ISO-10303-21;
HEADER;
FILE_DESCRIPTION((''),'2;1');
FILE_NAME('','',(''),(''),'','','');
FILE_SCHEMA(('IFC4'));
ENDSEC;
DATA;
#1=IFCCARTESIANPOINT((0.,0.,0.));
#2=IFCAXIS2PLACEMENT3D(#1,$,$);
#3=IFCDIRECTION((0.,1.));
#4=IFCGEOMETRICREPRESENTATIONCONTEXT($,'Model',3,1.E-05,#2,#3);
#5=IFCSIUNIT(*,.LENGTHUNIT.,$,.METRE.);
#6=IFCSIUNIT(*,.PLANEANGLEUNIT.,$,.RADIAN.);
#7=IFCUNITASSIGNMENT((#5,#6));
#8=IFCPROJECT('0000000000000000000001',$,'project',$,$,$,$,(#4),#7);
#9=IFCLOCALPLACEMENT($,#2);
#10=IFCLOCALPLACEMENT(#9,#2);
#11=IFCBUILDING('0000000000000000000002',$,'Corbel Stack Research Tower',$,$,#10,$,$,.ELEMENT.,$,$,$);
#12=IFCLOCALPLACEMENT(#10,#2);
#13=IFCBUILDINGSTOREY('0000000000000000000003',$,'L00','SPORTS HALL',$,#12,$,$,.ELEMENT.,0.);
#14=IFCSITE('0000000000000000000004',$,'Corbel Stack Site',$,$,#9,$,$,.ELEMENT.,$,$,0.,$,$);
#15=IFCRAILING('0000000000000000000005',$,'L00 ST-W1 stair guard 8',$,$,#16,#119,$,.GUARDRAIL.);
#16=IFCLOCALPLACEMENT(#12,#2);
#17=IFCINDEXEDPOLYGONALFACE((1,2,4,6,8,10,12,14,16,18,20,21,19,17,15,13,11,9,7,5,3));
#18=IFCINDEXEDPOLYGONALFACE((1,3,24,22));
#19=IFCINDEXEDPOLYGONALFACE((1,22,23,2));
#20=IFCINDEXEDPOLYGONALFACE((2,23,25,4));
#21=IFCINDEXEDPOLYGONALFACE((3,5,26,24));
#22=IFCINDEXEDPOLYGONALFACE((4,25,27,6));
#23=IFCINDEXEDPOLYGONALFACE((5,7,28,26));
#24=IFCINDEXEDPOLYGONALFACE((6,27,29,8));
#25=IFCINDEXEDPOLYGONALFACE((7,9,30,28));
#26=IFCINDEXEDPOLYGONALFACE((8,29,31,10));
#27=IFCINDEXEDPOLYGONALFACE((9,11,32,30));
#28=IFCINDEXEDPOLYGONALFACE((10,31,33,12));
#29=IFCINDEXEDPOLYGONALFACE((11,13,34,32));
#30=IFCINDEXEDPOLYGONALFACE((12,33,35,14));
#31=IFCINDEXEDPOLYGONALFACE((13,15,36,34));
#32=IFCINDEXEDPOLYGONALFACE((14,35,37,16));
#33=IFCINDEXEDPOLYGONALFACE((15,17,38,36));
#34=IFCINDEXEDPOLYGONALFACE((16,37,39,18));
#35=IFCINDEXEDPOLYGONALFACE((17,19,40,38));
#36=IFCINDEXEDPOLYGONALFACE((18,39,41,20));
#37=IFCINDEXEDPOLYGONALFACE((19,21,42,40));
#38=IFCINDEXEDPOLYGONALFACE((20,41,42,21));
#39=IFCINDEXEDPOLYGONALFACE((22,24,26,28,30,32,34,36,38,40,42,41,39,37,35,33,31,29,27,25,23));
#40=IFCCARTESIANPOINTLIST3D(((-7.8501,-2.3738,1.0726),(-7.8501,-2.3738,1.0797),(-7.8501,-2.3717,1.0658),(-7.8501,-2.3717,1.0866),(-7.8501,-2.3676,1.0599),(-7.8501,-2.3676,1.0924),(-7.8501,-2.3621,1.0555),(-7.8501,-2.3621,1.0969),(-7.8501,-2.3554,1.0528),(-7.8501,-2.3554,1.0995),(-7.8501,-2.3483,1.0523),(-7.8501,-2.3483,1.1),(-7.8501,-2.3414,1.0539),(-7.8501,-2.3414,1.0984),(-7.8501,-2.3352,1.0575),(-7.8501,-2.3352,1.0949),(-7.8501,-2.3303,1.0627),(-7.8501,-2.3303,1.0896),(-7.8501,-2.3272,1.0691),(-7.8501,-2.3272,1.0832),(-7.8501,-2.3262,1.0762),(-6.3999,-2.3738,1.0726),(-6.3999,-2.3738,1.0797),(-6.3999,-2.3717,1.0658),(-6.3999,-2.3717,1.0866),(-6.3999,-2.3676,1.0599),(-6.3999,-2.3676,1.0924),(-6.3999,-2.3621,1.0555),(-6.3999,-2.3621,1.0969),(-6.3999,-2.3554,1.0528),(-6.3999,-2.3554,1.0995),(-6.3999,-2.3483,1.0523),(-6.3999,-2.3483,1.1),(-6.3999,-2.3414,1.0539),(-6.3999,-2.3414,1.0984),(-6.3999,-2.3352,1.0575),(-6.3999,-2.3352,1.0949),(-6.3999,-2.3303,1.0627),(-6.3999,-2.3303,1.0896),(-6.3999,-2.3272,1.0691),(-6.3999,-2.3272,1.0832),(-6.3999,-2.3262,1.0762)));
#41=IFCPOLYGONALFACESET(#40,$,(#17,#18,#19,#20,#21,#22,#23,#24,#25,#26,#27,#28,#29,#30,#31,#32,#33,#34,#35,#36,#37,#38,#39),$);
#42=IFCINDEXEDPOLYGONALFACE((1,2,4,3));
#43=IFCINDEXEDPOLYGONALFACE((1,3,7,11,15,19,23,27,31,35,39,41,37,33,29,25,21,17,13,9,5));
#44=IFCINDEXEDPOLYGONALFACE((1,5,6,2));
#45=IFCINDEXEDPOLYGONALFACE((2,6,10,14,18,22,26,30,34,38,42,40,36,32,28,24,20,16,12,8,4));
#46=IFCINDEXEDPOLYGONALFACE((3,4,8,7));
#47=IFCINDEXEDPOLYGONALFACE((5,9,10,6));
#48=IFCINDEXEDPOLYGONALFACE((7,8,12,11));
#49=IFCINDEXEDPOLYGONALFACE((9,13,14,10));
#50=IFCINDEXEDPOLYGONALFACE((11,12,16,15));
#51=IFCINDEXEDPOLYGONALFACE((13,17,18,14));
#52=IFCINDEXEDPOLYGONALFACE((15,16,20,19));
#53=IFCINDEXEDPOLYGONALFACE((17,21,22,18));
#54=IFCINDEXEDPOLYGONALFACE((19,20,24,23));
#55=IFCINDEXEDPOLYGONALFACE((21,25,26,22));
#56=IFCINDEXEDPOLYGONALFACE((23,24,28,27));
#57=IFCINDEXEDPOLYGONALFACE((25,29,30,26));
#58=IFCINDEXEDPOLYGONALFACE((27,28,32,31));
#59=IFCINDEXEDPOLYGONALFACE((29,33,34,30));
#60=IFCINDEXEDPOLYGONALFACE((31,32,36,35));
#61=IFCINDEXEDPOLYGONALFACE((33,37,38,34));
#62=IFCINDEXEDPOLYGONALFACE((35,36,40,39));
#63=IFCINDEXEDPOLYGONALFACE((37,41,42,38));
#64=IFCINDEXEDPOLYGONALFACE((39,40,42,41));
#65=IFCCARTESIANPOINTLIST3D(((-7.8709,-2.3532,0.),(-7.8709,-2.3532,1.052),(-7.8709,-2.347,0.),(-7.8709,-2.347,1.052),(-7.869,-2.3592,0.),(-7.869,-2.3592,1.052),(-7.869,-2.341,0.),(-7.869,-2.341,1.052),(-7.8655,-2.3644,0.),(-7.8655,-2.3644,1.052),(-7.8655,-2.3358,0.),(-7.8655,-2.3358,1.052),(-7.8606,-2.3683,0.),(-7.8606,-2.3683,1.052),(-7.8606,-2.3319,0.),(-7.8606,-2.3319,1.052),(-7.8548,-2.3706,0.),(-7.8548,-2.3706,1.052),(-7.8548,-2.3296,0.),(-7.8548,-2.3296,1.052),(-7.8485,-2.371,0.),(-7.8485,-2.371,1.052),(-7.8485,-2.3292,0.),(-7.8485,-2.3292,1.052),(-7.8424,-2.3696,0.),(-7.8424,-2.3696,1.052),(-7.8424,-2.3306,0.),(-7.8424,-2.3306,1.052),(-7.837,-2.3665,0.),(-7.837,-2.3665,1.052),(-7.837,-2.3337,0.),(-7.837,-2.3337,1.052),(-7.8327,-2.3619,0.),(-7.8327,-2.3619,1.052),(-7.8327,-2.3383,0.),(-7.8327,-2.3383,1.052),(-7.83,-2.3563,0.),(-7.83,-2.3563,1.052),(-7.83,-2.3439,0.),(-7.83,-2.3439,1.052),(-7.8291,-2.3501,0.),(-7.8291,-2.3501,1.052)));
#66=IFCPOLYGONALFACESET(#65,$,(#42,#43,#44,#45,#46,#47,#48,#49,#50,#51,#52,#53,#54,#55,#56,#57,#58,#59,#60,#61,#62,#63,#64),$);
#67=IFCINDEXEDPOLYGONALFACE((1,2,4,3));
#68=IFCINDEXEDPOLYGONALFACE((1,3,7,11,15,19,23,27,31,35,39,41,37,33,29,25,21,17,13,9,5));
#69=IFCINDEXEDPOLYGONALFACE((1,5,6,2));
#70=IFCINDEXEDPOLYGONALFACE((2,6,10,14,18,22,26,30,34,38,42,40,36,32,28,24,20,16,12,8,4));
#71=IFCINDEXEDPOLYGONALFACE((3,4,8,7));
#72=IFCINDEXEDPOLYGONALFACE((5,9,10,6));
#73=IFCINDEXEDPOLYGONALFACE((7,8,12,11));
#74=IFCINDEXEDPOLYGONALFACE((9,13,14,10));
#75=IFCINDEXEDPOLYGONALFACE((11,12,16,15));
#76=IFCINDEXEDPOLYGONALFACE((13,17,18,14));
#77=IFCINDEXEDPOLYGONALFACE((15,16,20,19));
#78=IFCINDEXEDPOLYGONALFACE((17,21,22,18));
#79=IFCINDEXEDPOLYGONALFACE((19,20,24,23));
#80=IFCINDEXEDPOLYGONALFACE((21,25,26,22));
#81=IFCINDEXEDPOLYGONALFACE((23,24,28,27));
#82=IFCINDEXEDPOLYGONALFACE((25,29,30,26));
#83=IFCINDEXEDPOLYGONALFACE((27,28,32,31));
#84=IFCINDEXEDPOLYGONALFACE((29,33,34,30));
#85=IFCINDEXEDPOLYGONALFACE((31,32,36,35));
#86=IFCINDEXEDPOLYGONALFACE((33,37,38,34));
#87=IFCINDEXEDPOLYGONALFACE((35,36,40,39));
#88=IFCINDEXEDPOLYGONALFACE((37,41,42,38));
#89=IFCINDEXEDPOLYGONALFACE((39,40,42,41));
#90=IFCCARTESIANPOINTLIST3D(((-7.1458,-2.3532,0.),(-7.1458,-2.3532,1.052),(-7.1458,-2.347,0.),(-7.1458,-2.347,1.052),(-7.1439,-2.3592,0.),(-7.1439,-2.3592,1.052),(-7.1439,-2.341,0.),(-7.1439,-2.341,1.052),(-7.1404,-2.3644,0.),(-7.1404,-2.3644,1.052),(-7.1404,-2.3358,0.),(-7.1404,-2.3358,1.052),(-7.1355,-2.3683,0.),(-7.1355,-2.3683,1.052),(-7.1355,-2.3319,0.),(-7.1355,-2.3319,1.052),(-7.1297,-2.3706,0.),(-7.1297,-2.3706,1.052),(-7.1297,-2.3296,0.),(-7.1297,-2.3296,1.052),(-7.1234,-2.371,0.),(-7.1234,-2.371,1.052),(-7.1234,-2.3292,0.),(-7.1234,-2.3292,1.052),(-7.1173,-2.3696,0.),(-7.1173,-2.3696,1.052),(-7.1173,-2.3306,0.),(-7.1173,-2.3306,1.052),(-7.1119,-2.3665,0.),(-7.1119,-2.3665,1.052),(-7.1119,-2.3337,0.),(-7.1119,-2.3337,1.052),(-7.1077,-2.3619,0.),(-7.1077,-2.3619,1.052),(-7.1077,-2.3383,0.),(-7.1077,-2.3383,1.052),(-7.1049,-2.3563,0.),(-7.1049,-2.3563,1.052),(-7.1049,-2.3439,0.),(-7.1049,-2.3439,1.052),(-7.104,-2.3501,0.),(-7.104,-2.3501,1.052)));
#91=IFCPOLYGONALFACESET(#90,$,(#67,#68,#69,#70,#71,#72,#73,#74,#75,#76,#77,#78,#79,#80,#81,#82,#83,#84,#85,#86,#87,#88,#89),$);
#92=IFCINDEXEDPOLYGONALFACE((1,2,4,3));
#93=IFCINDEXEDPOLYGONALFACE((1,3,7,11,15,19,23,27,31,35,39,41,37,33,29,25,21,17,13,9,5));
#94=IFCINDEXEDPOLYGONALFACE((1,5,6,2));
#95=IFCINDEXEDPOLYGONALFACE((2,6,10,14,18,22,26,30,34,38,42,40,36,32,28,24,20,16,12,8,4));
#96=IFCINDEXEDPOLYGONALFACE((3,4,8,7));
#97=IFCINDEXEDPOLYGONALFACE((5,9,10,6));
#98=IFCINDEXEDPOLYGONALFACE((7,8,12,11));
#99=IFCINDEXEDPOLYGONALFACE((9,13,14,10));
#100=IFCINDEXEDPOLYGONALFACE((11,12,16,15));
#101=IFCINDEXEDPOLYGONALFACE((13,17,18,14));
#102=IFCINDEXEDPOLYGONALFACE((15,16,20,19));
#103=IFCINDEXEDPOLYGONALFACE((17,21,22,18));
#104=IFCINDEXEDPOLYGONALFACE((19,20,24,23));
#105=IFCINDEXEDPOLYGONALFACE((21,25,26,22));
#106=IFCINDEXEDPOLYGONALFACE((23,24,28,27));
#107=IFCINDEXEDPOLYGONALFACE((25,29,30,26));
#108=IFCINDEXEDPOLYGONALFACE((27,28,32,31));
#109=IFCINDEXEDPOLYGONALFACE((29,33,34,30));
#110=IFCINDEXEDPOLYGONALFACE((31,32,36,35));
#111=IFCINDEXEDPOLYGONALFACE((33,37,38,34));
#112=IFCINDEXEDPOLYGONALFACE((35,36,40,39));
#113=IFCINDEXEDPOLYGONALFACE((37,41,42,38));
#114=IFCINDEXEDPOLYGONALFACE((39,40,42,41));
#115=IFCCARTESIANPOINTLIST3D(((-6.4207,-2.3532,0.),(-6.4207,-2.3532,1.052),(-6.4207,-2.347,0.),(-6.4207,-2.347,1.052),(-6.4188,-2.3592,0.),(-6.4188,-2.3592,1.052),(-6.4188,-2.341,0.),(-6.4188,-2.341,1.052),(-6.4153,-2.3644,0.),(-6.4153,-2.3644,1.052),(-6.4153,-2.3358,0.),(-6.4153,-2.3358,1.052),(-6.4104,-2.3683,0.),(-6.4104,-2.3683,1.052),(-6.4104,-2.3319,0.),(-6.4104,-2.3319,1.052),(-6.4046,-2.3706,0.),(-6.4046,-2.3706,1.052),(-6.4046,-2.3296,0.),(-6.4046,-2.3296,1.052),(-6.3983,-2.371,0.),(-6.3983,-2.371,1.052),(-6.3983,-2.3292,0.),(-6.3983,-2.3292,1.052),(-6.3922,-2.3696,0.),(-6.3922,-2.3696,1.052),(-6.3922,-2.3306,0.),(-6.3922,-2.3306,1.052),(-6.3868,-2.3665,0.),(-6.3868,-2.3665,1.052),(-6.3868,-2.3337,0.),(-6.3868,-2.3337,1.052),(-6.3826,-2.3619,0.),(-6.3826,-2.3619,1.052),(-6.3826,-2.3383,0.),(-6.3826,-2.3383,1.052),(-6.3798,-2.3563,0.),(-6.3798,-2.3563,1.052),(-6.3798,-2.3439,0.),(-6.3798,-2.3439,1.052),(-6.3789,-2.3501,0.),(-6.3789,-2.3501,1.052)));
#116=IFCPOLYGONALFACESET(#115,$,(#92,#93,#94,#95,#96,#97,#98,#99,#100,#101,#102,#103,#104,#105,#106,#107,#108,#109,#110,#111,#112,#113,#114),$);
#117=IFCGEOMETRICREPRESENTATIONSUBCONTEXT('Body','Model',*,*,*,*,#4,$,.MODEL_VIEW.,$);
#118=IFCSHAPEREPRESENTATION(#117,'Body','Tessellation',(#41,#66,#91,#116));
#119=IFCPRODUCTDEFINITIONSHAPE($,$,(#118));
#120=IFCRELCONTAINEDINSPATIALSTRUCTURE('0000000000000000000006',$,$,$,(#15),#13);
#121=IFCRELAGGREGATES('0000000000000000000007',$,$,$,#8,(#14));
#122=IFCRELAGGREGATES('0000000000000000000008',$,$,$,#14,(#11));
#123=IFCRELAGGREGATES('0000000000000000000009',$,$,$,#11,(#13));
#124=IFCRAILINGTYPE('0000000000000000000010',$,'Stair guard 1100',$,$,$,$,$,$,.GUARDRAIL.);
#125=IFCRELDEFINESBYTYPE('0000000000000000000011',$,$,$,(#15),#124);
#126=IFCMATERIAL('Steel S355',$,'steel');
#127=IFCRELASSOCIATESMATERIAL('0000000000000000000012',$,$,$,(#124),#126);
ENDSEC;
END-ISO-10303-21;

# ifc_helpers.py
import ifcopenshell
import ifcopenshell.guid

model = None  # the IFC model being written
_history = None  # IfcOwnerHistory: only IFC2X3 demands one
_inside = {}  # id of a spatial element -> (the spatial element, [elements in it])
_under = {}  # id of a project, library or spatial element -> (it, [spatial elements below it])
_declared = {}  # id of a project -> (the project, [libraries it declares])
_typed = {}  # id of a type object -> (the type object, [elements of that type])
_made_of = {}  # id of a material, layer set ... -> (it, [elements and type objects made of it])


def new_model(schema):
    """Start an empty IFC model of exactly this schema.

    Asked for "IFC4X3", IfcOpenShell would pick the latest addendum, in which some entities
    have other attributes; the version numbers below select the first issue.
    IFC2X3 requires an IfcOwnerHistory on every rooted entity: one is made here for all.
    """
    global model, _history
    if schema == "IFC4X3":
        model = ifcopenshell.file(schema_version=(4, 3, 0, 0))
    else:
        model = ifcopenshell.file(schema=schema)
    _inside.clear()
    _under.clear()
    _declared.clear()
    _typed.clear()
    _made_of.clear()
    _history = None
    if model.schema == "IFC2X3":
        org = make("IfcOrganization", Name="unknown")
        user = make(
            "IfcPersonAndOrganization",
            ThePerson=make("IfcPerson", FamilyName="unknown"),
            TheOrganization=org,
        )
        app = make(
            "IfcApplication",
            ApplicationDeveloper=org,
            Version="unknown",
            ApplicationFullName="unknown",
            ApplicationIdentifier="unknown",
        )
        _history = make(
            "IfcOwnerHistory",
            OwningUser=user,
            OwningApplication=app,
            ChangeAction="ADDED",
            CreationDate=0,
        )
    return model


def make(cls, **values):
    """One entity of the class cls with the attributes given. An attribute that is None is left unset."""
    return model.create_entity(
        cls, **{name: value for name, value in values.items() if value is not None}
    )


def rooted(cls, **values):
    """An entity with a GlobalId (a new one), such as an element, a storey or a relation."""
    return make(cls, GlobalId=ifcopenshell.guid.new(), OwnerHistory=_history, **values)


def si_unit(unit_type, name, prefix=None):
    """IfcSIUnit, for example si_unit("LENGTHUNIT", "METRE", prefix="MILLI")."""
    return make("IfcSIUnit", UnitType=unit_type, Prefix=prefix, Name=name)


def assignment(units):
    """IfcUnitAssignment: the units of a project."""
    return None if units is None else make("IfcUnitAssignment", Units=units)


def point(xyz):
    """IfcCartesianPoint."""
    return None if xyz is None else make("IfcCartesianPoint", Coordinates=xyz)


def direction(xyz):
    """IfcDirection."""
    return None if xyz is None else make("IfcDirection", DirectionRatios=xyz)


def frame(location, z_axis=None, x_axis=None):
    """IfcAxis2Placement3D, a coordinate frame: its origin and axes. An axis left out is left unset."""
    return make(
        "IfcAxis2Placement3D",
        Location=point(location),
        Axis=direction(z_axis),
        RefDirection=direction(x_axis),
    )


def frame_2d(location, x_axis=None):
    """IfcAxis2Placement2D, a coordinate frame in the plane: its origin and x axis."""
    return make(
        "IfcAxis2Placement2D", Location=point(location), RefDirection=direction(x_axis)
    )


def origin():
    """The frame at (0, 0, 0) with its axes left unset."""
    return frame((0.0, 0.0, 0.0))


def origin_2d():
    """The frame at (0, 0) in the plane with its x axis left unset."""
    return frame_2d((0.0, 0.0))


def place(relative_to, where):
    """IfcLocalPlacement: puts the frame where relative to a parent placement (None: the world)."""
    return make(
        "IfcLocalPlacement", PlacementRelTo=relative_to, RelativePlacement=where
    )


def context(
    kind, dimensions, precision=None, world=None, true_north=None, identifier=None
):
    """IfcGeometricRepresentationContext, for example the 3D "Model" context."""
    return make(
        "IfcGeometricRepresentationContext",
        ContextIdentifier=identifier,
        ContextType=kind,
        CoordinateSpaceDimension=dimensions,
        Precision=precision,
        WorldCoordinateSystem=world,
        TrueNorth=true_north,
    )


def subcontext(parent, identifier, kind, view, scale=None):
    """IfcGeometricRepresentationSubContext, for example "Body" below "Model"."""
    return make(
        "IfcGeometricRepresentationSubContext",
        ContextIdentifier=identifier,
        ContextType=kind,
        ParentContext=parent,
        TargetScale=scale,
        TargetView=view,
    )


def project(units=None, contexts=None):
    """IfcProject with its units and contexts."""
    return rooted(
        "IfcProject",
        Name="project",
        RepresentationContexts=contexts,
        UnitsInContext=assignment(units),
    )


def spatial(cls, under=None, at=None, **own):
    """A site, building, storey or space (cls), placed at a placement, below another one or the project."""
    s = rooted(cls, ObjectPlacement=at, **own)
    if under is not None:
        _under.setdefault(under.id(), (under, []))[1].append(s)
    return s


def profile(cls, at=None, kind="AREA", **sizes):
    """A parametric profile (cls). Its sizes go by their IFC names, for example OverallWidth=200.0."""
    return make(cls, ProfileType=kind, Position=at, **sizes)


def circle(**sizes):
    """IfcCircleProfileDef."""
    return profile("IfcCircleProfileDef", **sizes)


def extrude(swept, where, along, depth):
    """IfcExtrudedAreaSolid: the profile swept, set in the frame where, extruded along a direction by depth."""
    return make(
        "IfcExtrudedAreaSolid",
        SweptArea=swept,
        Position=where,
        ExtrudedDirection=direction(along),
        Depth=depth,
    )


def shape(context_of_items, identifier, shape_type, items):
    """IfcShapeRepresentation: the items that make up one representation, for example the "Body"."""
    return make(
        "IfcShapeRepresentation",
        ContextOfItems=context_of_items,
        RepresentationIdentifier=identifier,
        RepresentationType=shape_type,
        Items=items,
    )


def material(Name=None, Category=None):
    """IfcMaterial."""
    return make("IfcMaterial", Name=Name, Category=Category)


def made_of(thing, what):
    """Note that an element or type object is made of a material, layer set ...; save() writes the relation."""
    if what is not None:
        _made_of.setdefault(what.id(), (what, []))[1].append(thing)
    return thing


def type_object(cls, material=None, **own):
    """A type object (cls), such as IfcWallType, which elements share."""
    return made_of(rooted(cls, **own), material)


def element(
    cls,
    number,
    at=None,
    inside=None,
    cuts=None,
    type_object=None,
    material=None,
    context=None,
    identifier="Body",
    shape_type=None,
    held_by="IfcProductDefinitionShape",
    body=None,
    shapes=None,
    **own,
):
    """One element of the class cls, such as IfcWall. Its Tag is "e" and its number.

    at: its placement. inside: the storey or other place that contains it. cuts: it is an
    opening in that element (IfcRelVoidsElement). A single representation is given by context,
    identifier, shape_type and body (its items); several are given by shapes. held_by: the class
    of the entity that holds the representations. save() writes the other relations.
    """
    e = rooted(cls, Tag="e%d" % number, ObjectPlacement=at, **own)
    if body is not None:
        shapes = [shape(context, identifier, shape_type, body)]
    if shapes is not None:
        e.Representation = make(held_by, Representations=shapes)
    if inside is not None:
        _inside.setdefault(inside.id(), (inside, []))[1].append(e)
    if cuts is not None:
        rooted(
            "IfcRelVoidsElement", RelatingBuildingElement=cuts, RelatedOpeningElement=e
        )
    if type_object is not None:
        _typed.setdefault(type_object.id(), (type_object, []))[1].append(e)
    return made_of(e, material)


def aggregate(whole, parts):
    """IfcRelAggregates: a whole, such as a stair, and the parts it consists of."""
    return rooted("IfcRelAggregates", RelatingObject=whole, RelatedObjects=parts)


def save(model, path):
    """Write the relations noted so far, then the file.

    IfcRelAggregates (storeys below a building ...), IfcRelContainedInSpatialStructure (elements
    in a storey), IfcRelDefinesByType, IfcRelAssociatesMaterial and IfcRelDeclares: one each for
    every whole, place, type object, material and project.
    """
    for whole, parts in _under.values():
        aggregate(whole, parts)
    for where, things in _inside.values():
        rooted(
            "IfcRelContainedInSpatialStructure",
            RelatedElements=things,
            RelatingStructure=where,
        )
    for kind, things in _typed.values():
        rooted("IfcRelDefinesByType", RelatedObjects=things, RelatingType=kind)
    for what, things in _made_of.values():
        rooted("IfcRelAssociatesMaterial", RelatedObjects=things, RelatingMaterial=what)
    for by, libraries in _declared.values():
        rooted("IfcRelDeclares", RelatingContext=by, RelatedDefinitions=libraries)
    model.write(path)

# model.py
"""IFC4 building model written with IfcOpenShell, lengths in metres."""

from ifc_helpers import new_model, si_unit, direction, frame, origin, origin_2d, place, context, subcontext, project, spatial, circle, extrude, material, type_object, element, save


model = new_model("IFC4")

# Units and contexts
model_context = context("Model", 3, precision=1e-05, world=origin(), true_north=direction((0.0, 1.0)))
body_context = subcontext(model_context, "Body", "Model", "MODEL_VIEW")
ifc_project = project(units=[si_unit("LENGTHUNIT", "METRE"), si_unit("PLANEANGLEUNIT", "RADIAN")], contexts=[model_context])

# Site, building, storey
site_placement = place(None, origin())
site = spatial("IfcSite", under=ifc_project, at=site_placement, Name="Corbel Stack Site", CompositionType="ELEMENT", RefElevation=0.0)
building_placement = place(site_placement, origin())
building = spatial("IfcBuilding", under=site, at=building_placement, Name="Corbel Stack Research Tower", CompositionType="ELEMENT")
storey_placement = place(building_placement, origin())
storey = spatial("IfcBuildingStorey", under=building, at=storey_placement, Name="L00", Description="SPORTS HALL", CompositionType="ELEMENT", Elevation=0.0)

# Railing
ifc_material_1 = material(Name="Steel S355", Category="steel")
railing_type_1 = type_object("IfcRailingType", Name="Stair guard 1100", PredefinedType="GUARDRAIL", material=ifc_material_1)
railing_1_placement = place(storey_placement, frame((-7.8501, -2.3501, 0.0)))
element("IfcRailing", 1, at=railing_1_placement, inside=storey, type_object=railing_type_1, Name="L00 ST-W1 stair guard 8", PredefinedType="GUARDRAIL", context=body_context, shape_type="SweptSolid", body=[
    extrude(circle(Radius=0.0239, at=origin_2d()), frame((0.0, 0.0, 1.0762), z_axis=(1.0, 0.0, 0.0), x_axis=(0.0, 1.0, 0.0)), (0.0, 0.0, 1.0), 1.4502),
    extrude(circle(Radius=0.021, at=origin_2d()), origin(), (0.0, 0.0, 1.0), 1.052),
    extrude(circle(Radius=0.021, at=origin_2d()), frame((0.7251, 0.0, 0.0)), (0.0, 0.0, 1.0), 1.052),
    extrude(circle(Radius=0.021, at=origin_2d()), frame((1.4502, 0.0, 0.0)), (0.0, 0.0, 1.0), 1.052),
])

save(model, "model.ifc")
